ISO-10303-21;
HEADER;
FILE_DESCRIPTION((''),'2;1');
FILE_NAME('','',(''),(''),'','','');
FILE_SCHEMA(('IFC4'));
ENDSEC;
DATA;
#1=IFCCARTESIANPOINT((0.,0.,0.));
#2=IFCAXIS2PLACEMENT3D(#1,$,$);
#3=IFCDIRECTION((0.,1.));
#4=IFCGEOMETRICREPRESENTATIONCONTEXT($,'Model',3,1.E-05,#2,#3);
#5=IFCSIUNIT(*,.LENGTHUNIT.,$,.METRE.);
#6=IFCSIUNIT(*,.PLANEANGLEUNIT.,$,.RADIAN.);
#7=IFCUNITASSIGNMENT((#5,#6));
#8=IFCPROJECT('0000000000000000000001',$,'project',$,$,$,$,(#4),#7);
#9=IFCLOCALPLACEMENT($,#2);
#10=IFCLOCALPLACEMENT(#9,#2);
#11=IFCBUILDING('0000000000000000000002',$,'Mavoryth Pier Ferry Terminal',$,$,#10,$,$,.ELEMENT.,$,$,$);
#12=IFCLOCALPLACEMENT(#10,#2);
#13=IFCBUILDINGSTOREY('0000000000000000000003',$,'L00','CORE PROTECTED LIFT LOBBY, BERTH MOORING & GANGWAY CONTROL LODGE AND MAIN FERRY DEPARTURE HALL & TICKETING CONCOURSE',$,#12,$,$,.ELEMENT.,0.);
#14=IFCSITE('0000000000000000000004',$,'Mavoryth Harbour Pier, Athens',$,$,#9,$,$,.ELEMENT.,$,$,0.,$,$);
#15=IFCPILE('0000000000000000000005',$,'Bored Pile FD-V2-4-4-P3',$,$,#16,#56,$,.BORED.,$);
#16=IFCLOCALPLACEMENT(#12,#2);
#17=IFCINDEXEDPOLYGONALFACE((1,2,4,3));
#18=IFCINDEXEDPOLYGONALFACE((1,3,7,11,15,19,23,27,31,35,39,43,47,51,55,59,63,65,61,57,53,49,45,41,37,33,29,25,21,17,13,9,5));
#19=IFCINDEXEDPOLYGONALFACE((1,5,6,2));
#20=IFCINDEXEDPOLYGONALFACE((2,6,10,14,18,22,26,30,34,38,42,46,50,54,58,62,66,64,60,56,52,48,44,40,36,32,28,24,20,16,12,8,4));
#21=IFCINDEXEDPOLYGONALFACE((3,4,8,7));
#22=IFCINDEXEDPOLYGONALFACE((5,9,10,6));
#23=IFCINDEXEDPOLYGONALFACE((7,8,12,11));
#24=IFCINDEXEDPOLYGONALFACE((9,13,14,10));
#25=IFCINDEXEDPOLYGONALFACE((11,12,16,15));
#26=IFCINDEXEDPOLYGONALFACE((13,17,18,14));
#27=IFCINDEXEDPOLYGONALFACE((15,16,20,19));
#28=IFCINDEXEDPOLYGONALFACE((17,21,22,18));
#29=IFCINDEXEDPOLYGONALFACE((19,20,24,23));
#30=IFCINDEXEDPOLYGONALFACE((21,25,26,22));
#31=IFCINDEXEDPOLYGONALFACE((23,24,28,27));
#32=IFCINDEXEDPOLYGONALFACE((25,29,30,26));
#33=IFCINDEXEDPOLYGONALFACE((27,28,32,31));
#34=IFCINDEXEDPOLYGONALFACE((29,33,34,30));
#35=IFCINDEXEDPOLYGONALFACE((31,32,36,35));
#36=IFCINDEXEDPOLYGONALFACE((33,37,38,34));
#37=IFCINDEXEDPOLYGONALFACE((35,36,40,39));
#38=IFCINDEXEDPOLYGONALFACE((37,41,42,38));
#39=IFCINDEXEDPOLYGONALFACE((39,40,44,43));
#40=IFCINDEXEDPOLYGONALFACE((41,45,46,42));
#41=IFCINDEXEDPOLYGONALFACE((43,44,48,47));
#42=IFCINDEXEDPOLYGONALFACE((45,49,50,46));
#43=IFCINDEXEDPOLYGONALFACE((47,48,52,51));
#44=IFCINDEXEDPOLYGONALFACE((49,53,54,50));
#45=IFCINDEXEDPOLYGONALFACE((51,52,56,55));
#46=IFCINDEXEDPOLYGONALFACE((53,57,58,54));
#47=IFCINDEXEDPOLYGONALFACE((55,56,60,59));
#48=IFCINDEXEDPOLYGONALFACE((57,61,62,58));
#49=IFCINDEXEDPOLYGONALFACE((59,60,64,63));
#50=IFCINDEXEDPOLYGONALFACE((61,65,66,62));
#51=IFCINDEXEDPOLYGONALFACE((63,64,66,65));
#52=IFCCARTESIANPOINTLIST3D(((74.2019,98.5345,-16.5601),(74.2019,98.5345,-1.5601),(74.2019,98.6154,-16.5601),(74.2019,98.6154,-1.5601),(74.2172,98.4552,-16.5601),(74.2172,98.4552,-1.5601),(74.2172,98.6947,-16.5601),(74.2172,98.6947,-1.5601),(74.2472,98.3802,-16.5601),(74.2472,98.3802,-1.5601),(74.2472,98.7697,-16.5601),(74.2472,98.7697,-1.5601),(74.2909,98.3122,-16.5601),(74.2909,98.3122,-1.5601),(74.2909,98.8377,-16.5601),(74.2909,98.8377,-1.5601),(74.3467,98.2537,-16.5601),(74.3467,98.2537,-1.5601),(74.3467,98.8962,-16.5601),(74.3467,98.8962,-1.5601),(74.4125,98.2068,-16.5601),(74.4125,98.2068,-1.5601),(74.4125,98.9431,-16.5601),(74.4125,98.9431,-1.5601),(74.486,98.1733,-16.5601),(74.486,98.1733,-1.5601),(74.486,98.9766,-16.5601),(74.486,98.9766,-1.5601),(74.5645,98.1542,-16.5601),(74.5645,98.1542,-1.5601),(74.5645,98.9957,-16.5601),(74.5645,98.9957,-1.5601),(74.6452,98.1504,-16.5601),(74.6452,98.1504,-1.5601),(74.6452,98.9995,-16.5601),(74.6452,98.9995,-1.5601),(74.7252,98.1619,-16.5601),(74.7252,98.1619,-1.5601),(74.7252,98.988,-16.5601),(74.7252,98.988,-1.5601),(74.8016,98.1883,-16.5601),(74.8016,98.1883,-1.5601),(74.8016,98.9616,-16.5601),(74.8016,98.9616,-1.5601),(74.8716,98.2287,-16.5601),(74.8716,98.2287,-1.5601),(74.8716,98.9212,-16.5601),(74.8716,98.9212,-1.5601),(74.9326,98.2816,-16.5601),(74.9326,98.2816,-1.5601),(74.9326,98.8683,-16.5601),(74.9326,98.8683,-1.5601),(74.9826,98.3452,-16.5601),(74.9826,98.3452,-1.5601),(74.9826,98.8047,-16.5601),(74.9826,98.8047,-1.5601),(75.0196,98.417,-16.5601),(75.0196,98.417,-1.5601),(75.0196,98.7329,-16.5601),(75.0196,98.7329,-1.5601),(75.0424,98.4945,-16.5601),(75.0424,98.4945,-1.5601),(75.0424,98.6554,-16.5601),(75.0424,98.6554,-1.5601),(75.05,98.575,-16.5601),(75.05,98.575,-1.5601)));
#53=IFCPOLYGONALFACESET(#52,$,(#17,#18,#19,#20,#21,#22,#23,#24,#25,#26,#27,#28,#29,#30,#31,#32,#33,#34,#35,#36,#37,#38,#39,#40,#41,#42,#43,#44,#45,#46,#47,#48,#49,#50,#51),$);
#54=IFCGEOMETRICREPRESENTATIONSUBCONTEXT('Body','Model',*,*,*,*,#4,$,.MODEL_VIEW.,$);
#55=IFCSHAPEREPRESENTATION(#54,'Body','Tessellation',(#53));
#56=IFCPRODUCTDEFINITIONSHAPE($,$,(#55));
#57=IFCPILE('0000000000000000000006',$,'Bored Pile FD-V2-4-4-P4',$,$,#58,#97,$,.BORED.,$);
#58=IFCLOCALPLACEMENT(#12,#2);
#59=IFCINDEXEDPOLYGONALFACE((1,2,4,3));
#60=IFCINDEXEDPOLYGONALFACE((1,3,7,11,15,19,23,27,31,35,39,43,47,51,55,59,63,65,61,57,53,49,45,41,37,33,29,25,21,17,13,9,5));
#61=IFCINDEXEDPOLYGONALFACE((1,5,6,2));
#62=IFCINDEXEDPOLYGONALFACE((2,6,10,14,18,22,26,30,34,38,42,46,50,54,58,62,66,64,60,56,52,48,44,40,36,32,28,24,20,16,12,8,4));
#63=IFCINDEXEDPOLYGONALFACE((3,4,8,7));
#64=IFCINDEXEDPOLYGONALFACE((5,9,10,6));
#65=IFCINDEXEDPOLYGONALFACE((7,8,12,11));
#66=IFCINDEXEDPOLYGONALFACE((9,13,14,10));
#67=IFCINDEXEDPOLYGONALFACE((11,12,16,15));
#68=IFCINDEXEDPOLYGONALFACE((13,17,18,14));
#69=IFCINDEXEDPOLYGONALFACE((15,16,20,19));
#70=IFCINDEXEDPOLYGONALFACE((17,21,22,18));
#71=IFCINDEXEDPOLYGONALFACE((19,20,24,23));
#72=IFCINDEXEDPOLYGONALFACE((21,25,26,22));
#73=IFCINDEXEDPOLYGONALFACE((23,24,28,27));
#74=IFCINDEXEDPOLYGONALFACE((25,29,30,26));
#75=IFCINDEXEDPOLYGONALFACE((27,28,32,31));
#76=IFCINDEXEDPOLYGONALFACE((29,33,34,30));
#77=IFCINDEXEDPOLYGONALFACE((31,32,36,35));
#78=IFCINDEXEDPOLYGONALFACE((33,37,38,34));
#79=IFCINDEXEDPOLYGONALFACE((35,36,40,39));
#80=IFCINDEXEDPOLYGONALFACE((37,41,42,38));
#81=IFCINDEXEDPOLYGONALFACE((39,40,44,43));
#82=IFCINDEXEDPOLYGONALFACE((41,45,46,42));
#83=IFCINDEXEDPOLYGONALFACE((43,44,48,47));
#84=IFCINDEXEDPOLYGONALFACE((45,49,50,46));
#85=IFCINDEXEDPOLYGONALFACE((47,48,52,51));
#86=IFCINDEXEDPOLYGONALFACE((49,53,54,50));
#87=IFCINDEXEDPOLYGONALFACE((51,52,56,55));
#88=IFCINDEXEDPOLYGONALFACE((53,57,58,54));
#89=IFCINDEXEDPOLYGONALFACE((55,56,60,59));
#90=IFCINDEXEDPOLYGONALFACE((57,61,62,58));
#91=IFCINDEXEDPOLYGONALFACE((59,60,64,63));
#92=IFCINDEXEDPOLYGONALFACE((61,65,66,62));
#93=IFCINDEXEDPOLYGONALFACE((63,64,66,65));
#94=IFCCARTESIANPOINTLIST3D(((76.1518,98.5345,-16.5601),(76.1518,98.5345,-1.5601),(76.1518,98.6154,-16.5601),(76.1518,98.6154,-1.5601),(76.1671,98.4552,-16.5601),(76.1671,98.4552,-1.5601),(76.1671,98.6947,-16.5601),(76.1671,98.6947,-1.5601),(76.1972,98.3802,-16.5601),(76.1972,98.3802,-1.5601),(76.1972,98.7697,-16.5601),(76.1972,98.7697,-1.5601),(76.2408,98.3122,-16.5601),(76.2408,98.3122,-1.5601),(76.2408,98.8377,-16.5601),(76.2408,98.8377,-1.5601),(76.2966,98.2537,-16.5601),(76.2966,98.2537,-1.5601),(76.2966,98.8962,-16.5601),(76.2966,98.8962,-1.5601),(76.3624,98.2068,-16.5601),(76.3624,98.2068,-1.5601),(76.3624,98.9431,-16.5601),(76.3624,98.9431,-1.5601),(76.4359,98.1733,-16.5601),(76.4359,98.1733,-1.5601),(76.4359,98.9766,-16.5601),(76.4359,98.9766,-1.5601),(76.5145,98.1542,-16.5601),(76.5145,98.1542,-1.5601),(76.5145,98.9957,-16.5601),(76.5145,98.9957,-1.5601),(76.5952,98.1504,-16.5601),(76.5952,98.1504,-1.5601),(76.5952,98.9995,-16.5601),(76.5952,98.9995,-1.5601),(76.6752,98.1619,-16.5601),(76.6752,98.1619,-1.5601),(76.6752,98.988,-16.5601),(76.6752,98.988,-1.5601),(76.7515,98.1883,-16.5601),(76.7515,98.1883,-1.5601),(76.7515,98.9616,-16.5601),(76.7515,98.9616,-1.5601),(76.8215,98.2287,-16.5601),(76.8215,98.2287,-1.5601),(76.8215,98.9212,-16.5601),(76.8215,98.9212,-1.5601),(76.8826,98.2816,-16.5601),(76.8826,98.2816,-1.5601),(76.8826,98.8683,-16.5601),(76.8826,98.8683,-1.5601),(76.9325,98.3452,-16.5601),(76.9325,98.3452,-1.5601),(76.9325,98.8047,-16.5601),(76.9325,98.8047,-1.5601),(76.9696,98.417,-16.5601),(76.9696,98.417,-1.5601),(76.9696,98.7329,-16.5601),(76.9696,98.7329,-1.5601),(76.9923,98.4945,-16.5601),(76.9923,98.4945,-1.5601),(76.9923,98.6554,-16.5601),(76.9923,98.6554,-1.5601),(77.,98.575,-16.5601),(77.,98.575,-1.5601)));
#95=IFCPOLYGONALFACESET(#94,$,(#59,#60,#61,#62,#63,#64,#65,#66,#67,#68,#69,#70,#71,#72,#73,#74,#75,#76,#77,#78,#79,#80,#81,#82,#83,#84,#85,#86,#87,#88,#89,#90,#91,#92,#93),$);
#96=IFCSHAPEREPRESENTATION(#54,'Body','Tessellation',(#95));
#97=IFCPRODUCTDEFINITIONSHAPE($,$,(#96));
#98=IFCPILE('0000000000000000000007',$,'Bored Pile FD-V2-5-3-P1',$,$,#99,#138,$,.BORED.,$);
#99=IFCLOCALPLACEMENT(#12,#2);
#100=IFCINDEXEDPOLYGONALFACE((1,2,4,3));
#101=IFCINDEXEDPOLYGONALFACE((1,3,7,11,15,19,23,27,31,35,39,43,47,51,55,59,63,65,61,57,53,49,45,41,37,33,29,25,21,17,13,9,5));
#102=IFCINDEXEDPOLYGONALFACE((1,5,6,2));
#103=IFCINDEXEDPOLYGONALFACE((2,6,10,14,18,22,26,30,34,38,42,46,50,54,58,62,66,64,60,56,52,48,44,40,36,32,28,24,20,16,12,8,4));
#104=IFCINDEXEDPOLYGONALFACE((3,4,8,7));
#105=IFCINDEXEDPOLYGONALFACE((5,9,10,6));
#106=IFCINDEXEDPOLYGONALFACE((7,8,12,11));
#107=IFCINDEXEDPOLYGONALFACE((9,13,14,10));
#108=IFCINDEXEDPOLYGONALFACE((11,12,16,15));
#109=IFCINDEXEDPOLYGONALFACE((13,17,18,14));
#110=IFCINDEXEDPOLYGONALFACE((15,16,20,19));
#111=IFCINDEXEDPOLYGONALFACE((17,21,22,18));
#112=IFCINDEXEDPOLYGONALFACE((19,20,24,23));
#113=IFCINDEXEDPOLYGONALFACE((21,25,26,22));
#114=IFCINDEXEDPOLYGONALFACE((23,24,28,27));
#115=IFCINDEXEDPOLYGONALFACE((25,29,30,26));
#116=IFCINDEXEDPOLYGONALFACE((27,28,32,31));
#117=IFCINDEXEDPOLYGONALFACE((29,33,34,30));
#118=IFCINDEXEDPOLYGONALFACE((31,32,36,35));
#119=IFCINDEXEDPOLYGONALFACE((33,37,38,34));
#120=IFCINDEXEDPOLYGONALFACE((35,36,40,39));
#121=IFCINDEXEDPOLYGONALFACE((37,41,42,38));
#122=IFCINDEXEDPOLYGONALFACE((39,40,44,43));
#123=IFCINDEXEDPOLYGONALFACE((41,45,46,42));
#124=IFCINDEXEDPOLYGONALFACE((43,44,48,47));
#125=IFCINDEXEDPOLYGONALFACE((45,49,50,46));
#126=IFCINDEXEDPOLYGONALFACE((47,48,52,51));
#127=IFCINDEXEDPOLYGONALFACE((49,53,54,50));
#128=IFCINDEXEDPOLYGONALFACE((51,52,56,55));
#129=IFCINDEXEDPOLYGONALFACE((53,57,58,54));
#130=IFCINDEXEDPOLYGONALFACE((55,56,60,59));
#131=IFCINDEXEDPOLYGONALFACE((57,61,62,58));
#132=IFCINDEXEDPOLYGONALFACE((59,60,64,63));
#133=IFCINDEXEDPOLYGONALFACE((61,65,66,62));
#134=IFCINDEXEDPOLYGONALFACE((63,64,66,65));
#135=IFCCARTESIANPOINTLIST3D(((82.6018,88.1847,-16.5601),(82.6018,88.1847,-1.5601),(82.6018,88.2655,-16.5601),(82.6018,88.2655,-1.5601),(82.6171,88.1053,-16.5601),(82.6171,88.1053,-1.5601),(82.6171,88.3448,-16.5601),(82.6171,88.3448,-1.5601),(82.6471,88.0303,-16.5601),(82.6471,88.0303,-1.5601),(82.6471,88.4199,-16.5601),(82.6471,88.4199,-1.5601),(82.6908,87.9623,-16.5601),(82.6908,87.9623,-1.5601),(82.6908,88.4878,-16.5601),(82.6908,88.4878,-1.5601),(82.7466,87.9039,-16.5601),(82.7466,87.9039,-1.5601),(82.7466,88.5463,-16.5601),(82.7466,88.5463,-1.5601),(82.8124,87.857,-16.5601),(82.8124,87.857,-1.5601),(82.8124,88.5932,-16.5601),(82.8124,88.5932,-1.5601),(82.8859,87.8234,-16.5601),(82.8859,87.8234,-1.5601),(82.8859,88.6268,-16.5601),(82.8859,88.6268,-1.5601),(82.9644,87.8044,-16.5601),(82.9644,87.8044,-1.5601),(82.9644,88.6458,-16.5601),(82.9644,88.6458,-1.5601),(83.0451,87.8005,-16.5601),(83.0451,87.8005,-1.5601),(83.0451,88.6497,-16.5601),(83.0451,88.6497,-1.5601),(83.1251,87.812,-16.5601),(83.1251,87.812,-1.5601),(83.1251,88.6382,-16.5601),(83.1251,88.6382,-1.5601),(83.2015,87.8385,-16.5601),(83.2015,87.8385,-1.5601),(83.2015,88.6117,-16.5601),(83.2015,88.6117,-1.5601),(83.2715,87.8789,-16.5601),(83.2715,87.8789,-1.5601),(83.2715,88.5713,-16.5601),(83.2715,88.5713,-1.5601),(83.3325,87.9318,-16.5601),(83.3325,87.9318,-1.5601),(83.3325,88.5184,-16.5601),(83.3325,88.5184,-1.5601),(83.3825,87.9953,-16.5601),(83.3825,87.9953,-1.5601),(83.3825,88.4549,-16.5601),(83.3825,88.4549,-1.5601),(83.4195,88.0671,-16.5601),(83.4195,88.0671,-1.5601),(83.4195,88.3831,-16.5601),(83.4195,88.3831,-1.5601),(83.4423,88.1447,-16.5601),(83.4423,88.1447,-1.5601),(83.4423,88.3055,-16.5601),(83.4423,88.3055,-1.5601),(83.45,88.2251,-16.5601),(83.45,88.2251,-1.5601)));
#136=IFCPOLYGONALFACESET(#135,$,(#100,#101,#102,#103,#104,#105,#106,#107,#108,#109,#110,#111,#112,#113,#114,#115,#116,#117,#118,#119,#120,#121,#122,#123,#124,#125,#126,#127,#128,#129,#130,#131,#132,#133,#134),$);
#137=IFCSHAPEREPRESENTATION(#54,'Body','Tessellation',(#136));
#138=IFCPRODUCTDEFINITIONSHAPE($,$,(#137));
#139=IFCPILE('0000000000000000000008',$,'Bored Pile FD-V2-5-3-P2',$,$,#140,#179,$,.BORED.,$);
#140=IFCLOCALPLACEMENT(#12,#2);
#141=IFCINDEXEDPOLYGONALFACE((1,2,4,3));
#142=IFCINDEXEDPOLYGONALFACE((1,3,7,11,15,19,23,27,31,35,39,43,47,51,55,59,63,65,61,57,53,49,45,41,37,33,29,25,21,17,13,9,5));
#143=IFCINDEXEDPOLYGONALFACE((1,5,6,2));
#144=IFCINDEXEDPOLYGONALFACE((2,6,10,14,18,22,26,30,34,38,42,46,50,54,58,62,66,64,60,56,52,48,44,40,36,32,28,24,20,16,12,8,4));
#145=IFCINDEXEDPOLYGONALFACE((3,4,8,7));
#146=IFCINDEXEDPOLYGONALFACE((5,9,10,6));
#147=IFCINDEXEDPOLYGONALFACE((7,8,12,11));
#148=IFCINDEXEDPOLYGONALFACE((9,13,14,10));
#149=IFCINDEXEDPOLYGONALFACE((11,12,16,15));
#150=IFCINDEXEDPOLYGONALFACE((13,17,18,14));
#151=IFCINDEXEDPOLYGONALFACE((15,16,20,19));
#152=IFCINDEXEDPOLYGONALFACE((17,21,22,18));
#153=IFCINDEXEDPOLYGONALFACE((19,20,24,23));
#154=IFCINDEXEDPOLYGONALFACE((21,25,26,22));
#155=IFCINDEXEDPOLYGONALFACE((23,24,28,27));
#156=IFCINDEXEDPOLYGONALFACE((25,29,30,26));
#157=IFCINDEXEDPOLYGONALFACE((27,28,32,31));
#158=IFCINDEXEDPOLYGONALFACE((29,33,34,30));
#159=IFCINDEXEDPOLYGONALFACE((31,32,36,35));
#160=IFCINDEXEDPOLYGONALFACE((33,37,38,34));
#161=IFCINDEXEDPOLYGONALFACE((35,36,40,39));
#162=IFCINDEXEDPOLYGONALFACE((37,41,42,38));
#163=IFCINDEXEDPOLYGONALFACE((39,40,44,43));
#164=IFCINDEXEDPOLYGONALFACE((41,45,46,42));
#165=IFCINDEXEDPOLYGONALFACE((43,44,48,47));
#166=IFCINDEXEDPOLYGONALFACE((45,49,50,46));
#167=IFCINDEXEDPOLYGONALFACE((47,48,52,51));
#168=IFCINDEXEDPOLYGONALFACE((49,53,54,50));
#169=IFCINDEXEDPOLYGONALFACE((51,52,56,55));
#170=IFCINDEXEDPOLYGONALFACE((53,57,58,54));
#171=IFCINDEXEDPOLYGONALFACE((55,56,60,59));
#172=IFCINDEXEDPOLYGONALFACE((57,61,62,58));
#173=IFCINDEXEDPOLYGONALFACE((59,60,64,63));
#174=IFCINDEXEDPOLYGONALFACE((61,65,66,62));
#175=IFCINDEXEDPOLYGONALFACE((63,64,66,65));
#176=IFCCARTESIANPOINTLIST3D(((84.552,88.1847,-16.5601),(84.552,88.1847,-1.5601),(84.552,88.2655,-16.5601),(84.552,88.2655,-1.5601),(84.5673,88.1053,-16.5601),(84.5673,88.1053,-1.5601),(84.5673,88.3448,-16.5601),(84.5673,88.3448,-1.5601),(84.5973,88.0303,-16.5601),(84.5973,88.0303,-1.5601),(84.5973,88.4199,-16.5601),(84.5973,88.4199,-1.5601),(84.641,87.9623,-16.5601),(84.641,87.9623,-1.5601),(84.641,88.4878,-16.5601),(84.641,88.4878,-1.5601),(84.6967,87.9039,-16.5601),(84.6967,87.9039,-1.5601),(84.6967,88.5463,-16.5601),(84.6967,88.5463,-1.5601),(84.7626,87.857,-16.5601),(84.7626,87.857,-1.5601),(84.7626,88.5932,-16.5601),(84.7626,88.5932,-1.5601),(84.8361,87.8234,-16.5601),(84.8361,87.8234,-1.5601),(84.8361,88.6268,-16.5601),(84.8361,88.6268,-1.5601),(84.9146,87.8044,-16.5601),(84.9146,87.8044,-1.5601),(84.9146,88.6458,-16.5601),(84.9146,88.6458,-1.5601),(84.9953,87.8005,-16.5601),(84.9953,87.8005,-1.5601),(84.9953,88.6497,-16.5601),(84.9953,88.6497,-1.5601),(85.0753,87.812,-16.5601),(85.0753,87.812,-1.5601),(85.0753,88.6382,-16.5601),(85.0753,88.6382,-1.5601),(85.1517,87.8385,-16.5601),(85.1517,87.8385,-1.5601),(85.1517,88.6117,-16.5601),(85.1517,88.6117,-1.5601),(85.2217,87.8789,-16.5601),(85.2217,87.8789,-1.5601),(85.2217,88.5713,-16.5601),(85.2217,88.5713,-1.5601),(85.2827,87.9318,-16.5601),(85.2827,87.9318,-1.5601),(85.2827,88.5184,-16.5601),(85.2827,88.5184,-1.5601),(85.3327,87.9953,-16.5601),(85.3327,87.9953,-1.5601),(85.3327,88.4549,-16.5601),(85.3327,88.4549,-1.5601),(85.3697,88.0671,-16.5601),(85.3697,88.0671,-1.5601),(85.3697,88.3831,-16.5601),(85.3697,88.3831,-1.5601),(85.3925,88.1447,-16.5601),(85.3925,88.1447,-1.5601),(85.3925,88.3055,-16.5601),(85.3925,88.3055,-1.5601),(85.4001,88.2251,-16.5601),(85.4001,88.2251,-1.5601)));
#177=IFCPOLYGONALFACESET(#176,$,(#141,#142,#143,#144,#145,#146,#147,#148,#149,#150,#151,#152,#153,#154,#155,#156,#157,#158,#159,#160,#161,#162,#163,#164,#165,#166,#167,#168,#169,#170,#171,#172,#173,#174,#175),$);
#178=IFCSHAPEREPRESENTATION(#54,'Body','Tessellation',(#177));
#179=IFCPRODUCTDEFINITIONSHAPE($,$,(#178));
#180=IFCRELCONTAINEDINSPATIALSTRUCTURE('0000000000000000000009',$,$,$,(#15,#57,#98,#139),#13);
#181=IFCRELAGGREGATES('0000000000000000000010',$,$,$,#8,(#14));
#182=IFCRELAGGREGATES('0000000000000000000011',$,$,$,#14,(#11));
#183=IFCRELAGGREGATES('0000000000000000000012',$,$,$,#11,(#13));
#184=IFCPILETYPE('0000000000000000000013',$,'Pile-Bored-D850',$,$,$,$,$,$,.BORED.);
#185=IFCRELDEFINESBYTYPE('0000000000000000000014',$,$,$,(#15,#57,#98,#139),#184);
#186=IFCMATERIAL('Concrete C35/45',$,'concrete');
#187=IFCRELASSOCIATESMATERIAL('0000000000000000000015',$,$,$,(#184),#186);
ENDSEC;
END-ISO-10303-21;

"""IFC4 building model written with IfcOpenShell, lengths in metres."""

from ifc_helpers import new_model, si_unit, direction, frame, origin, origin_2d, place, context, subcontext, project, spatial, circle, extrude, material, material_profile, profile_set, type_object, element, save


model = new_model("IFC4")

# Units and contexts
model_context = context("Model", 3, precision=1e-05, world=origin(), true_north=direction((0.0, 1.0)))
body_context = subcontext(model_context, "Body", "Model", "MODEL_VIEW")
ifc_project = project(units=[si_unit("LENGTHUNIT", "METRE"), si_unit("PLANEANGLEUNIT", "RADIAN")], contexts=[model_context])

# Site, building, storey
site_placement = place(None, origin())
site = spatial("IfcSite", under=ifc_project, at=site_placement, Name="Mavoryth Harbour Pier, Athens", CompositionType="ELEMENT", RefElevation=0.0)
building_placement = place(site_placement, origin())
building = spatial("IfcBuilding", under=site, at=building_placement, Name="Mavoryth Pier Ferry Terminal", CompositionType="ELEMENT")
storey_placement = place(building_placement, origin())
storey = spatial("IfcBuildingStorey", under=building, at=storey_placement, Name="L00", Description="CORE PROTECTED LIFT LOBBY, BERTH MOORING & GANGWAY CONTROL LODGE AND MAIN FERRY DEPARTURE HALL & TICKETING CONCOURSE", CompositionType="ELEMENT", Elevation=0.0)

# Shared definitions
ifc_material_1 = material(Name="Concrete C35/45", Category="concrete")

# Piles
ifc_material_profile_1 = material_profile(ifc_material_1, circle(Radius=0.425, at=origin_2d()), Name="PILE D850", Category="concrete")
ifc_profile_set_1 = profile_set([ifc_material_profile_1], Name="Concrete C35/45 - PILE D850")
pile_type = type_object("IfcPileType", Name="Pile-Bored-D850", PredefinedType="BORED", material=ifc_profile_set_1)
for number, where, z_axis, x_axis, name in (
    (1, (74.625, 98.575, -1.5601), (0.0, 0.0, -1.0), (1.0, 0.0, 0.0), "Bored Pile FD-V2-4-4-P3"),
    (2, (76.575, 98.575, -1.5601), (0.0, 0.0, -1.0), (1.0, 0.0, 0.0), "Bored Pile FD-V2-4-4-P4"),
    (3, (83.0249, 88.2251, -1.5601), (0.0, 0.0, -1.0), (1.0, 0.0, 0.0), "Bored Pile FD-V2-5-3-P1"),
    (4, (84.9751, 88.2251, -1.5601), (0.0, 0.0, -1.0), (1.0, 0.0, 0.0), "Bored Pile FD-V2-5-3-P2"),
):
    element("IfcPile", number, at=place(storey_placement, frame(where, z_axis=z_axis, x_axis=x_axis)), inside=storey, type_object=pile_type, Name=name, PredefinedType="BORED", context=body_context, shape_type="SweptSolid", body=[
        extrude(circle(Radius=0.425, at=origin_2d()), origin(), (0.0, 0.0, 1.0), 15.0),
    ])

save(model, "model.ifc")
